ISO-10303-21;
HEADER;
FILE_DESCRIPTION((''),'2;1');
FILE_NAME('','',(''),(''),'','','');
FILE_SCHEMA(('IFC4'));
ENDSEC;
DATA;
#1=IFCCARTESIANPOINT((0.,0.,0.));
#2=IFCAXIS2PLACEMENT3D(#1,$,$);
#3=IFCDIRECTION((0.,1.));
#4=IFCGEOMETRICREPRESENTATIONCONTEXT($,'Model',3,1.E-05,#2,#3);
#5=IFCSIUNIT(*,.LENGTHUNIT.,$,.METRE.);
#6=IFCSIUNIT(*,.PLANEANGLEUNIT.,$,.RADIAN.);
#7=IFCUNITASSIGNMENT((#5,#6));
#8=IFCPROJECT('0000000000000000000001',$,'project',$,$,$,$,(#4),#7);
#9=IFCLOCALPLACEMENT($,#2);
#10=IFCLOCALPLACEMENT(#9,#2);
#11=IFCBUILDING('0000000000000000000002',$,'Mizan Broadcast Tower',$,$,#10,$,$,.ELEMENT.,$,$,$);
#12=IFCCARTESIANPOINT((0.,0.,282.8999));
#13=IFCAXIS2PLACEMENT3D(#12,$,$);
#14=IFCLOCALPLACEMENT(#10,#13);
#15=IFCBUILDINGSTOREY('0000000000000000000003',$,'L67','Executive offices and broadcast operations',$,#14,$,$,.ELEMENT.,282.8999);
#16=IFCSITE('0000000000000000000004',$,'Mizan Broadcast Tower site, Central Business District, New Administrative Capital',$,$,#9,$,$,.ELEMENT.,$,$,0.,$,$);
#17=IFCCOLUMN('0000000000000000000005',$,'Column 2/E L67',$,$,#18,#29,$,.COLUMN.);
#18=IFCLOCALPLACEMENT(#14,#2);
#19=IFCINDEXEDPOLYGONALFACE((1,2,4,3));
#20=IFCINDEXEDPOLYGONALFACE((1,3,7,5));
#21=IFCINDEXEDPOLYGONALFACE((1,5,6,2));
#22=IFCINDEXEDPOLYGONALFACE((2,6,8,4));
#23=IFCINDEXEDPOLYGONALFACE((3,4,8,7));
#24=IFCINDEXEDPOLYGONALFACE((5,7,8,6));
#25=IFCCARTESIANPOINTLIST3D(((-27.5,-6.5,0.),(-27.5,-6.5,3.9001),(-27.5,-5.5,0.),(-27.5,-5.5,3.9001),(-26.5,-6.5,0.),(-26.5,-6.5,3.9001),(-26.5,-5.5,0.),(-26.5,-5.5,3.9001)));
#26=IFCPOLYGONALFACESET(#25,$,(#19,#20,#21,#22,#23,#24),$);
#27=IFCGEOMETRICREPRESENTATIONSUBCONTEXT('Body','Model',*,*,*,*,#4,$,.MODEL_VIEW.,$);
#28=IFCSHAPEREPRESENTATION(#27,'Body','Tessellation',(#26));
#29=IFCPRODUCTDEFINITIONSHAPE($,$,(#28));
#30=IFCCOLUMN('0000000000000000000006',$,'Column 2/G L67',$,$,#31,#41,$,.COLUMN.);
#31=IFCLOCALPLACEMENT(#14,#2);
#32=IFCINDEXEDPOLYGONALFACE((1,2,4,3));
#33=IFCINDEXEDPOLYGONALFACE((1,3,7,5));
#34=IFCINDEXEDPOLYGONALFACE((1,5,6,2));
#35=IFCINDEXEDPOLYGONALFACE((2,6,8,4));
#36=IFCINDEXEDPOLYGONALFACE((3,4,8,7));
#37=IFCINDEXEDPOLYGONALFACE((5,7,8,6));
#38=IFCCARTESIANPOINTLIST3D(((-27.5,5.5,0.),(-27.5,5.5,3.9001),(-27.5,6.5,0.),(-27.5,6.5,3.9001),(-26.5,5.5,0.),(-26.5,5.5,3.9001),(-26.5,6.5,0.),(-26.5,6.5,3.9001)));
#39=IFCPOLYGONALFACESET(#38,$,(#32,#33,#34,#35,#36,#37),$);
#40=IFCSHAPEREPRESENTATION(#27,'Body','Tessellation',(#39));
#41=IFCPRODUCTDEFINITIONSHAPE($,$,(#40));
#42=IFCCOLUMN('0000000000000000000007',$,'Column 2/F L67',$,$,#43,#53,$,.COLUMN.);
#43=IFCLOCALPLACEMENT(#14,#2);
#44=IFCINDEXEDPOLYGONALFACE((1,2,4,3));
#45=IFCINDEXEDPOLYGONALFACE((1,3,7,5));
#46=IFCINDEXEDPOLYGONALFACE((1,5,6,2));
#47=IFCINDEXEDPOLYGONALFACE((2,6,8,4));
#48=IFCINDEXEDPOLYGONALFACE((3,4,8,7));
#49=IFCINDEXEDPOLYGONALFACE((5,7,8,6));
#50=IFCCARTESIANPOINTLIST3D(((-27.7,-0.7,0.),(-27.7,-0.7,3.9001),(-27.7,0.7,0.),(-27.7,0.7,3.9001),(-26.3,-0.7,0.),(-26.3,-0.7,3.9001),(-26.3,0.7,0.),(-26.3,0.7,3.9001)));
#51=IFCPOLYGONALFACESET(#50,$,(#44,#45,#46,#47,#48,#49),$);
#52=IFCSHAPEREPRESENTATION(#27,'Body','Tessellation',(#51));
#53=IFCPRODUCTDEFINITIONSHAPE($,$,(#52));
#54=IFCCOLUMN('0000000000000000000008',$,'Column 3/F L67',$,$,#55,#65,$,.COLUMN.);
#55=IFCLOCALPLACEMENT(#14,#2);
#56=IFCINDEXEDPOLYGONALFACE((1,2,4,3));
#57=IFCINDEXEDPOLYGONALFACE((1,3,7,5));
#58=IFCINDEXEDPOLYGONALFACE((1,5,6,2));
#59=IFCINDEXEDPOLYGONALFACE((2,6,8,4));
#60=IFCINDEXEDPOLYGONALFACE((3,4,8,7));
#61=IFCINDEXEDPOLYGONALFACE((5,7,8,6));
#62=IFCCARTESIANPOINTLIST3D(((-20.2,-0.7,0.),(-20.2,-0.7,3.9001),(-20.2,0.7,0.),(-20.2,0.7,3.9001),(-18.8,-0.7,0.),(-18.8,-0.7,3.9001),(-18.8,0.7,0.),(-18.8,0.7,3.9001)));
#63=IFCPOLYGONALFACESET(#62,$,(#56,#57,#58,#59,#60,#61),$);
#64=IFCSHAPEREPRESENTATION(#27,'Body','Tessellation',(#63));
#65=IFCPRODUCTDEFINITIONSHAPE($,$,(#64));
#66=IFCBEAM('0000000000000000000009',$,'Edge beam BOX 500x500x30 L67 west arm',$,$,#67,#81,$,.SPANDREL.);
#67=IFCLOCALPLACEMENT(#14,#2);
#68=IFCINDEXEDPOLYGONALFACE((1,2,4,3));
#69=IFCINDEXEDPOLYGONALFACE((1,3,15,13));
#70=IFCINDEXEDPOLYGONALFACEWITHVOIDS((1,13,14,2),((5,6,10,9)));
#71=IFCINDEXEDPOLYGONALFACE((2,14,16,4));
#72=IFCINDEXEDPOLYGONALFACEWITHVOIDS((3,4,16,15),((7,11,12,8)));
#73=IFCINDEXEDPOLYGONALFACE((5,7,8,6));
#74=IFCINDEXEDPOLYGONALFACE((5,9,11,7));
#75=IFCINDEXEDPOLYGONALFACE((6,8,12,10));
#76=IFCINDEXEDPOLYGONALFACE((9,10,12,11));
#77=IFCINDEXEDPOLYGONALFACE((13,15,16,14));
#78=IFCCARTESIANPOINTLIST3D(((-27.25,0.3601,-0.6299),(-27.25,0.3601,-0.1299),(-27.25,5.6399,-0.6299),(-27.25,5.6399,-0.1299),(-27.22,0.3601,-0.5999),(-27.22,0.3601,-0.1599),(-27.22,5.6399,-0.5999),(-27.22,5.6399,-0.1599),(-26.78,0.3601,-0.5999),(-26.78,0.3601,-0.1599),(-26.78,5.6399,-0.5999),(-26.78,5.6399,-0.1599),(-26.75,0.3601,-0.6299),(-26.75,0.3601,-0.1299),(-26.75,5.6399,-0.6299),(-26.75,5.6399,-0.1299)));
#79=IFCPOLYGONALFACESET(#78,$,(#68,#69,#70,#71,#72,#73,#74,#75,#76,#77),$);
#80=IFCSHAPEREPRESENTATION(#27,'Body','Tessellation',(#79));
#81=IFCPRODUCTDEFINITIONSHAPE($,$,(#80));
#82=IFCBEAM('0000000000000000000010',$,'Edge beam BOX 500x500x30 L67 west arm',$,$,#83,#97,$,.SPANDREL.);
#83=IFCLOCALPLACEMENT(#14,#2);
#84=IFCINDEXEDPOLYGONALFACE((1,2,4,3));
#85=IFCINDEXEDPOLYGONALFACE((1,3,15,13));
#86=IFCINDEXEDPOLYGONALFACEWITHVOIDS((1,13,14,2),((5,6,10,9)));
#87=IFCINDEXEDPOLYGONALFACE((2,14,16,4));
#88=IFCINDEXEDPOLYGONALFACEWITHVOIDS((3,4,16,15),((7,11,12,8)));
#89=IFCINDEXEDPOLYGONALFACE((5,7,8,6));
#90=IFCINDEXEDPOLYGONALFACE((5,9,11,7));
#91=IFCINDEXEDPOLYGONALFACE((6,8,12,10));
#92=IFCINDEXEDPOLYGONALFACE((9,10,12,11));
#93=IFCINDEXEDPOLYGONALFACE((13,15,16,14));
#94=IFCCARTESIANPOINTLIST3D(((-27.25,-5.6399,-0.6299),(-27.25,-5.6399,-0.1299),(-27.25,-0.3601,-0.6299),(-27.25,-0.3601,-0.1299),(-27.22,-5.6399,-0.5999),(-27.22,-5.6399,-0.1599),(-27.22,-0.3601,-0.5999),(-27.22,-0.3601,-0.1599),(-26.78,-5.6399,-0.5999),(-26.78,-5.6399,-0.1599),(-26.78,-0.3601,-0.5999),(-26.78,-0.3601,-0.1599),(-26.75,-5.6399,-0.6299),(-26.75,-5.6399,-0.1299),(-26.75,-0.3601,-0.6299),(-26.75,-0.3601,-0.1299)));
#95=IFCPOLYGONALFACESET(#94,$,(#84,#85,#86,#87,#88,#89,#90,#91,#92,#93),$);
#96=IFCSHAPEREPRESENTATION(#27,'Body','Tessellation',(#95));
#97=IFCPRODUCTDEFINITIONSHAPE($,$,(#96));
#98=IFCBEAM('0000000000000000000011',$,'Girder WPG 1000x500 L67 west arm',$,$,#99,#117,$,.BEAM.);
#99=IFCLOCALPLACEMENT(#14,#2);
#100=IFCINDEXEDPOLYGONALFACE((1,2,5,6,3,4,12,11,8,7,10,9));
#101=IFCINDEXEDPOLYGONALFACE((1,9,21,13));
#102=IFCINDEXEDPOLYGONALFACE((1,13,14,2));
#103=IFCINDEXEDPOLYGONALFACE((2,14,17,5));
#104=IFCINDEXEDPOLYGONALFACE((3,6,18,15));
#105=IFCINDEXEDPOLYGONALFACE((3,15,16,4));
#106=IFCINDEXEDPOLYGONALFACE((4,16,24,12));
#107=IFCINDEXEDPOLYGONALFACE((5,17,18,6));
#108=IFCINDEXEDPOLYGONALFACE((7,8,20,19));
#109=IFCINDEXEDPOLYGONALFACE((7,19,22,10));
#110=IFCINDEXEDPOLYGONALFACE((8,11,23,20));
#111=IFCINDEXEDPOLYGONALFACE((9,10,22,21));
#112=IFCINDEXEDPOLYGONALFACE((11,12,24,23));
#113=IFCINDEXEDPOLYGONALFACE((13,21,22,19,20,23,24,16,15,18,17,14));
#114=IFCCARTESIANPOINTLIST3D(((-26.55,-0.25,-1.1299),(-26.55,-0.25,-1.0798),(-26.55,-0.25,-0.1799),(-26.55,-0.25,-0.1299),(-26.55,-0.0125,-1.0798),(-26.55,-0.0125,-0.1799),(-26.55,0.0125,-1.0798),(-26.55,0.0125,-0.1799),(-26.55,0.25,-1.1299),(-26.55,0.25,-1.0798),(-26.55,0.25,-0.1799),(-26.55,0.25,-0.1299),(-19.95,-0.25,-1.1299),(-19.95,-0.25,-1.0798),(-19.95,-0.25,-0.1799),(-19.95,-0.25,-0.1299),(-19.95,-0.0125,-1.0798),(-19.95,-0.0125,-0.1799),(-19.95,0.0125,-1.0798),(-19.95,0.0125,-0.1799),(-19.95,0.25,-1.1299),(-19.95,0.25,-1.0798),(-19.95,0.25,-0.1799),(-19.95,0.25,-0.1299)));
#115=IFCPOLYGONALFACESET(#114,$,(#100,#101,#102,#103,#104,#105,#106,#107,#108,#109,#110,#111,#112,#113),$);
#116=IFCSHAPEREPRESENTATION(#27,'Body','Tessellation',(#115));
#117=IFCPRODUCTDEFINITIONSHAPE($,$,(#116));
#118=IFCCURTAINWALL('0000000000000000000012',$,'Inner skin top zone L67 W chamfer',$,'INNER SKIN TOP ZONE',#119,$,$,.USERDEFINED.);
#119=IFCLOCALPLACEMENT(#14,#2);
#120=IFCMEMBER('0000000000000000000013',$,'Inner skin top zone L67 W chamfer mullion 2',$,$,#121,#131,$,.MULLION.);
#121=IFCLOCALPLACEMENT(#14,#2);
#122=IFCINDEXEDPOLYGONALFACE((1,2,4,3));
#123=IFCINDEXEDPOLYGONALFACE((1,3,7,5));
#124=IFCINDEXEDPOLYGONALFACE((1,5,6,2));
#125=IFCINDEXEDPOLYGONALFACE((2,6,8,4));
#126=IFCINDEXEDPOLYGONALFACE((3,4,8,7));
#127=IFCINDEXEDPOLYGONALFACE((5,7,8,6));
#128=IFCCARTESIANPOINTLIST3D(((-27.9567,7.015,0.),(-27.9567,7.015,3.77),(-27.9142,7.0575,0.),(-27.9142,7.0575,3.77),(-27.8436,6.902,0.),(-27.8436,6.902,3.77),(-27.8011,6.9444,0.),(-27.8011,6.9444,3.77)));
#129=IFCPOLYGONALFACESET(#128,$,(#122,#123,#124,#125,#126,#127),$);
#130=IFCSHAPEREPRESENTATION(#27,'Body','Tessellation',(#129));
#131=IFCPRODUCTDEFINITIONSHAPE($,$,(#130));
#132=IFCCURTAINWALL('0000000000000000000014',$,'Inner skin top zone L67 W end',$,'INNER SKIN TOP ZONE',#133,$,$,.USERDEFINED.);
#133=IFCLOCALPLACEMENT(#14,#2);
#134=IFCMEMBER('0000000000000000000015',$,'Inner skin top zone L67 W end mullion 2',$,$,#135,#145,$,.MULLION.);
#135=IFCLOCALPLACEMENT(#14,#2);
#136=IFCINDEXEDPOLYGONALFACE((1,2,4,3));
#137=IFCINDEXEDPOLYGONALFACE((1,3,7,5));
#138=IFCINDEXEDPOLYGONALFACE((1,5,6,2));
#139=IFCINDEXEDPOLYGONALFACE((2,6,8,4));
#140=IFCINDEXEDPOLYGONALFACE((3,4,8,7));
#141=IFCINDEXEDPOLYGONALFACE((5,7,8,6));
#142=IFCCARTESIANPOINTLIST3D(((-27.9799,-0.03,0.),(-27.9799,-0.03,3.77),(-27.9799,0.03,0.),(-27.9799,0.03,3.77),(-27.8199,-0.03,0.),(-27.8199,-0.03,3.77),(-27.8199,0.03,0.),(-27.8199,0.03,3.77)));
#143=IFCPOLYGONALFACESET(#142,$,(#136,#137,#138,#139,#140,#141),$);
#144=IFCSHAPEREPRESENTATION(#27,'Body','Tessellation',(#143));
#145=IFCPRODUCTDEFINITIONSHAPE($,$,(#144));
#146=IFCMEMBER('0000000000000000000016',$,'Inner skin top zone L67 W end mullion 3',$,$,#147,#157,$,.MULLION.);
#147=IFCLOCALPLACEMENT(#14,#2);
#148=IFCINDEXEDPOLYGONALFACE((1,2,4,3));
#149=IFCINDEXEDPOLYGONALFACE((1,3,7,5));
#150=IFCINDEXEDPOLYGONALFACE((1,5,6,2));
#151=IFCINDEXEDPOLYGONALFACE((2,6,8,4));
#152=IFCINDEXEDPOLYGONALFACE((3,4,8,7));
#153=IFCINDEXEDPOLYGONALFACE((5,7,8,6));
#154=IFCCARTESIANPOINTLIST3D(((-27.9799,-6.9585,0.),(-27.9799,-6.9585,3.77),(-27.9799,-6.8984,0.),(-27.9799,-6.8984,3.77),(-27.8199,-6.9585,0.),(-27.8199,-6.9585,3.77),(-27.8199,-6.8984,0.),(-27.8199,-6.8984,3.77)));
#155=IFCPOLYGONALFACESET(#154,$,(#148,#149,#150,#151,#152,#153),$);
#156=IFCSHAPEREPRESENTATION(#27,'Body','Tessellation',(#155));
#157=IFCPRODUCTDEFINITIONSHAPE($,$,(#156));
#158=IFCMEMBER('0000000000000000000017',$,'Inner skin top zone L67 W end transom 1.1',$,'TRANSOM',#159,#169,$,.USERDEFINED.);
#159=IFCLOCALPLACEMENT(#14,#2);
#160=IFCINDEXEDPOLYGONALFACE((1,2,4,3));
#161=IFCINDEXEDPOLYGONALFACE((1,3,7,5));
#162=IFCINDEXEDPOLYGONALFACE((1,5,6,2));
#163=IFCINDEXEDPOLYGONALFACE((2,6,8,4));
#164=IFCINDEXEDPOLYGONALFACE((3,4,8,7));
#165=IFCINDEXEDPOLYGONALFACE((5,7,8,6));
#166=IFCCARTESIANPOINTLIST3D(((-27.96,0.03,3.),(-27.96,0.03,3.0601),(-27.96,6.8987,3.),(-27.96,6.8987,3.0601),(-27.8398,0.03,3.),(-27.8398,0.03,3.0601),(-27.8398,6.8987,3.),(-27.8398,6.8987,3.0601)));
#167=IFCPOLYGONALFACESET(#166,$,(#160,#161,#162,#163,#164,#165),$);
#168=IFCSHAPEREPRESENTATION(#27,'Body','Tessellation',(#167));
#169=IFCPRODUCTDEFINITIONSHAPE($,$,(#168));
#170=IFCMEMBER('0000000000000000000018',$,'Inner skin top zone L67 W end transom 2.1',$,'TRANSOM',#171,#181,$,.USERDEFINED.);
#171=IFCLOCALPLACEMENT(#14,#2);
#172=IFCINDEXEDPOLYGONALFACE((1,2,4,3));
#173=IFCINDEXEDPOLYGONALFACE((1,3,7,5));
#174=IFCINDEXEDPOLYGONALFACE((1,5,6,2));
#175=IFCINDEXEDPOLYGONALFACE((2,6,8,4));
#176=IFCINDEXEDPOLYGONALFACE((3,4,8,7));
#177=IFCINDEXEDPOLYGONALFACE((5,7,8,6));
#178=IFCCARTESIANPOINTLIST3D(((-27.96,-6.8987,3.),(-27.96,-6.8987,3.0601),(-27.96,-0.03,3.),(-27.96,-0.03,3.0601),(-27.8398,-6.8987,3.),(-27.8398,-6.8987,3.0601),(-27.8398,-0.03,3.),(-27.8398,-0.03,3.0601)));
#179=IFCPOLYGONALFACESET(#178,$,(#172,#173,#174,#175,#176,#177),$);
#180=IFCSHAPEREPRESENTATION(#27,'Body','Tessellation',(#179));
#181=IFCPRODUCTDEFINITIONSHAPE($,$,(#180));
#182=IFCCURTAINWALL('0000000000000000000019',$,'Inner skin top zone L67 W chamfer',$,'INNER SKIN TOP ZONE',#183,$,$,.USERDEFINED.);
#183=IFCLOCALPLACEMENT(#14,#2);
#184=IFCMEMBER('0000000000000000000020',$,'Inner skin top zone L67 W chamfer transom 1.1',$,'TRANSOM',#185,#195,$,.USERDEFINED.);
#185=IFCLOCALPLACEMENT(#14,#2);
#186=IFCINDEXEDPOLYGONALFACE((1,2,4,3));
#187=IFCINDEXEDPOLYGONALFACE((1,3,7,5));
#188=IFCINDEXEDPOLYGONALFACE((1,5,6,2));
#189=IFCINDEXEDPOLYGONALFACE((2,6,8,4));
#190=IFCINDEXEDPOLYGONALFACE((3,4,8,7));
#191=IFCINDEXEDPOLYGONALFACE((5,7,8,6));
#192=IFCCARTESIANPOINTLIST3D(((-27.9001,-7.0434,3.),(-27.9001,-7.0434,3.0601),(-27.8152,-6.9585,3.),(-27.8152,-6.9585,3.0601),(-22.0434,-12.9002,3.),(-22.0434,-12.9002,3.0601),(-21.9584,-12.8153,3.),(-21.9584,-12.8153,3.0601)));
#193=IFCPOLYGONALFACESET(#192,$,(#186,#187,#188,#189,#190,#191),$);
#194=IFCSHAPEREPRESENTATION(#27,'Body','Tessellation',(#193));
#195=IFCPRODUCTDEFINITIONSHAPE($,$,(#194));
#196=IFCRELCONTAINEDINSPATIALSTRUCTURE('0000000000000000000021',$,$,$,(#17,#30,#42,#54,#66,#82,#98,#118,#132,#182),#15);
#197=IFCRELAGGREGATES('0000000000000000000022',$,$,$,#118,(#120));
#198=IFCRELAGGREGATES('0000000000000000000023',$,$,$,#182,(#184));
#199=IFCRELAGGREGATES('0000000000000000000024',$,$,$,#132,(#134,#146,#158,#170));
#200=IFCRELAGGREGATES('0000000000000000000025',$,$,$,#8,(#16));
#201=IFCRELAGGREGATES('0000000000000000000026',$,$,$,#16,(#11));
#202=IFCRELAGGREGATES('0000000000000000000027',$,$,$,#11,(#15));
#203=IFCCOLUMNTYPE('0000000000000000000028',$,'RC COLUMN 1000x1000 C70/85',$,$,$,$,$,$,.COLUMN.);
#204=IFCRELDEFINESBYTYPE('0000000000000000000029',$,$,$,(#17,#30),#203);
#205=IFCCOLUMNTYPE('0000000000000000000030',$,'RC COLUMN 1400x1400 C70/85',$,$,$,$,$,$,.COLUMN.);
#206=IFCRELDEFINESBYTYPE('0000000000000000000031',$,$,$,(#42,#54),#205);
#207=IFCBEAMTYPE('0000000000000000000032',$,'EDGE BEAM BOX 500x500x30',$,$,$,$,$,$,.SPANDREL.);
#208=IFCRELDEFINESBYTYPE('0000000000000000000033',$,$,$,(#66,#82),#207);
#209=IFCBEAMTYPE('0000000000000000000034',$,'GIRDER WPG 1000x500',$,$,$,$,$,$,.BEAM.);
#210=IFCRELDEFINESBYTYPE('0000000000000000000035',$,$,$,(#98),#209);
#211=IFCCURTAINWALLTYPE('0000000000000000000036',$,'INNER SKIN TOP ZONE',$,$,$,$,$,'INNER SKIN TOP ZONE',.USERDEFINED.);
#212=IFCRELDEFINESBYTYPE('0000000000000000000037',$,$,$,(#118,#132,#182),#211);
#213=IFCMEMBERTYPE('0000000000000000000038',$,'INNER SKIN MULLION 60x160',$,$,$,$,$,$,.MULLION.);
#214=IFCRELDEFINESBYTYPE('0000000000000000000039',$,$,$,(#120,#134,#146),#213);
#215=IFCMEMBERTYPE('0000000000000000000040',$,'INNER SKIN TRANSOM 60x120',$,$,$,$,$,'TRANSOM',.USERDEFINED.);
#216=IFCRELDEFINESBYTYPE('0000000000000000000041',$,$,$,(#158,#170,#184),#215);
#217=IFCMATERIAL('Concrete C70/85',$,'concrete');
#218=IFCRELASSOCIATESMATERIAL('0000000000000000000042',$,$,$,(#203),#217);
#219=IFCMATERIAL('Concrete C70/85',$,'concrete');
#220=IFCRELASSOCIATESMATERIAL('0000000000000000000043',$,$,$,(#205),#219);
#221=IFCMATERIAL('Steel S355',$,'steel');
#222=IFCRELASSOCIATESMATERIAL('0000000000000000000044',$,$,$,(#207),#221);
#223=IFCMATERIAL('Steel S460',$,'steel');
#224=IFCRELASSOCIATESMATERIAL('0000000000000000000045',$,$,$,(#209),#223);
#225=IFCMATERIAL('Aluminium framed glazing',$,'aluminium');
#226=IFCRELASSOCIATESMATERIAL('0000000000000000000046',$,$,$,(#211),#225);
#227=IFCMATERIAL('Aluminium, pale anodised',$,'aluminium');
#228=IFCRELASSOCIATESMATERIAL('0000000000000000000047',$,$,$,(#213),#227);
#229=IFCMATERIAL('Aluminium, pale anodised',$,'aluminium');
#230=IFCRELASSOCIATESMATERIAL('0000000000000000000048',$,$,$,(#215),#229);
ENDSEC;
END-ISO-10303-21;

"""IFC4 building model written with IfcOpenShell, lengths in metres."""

from ifc_helpers import new_model, si_unit, direction, frame, origin, origin_2d, place, context, subcontext, project, spatial, rectangle, hollow_rectangle, i_section, extrude, material, material_profile, profile_set, type_object, element, aggregate, save


model = new_model("IFC4")

# Units and contexts
model_context = context("Model", 3, precision=1e-05, world=origin(), true_north=direction((0.0, 1.0)))
body_context = subcontext(model_context, "Body", "Model", "MODEL_VIEW")
ifc_project = project(units=[si_unit("LENGTHUNIT", "METRE"), si_unit("PLANEANGLEUNIT", "RADIAN")], contexts=[model_context])

# Site, building, storey
site_placement = place(None, origin())
site = spatial("IfcSite", under=ifc_project, at=site_placement, Name="Mizan Broadcast Tower site, Central Business District, New Administrative Capital", CompositionType="ELEMENT", RefElevation=0.0)
building_placement = place(site_placement, origin())
building = spatial("IfcBuilding", under=site, at=building_placement, Name="Mizan Broadcast Tower", CompositionType="ELEMENT")
storey_placement = place(building_placement, frame((0.0, 0.0, 282.8999)))
storey = spatial("IfcBuildingStorey", under=building, at=storey_placement, Name="L67", Description="Executive offices and broadcast operations", CompositionType="ELEMENT", Elevation=282.8999)

# Columns
ifc_material_1 = material(Name="Concrete C70/85", Category="concrete")
ifc_material_profile_1 = material_profile(ifc_material_1, rectangle(XDim=1.0, YDim=1.0, at=origin_2d()), Name="RC 1000x1000")
ifc_profile_set_1 = profile_set([ifc_material_profile_1], Name="Concrete C70/85")
column_type_1 = type_object("IfcColumnType", Name="RC COLUMN 1000x1000 C70/85", PredefinedType="COLUMN", material=ifc_profile_set_1)
for number, where, z_axis, x_axis, name in (
    (1, (-27.0, -6.0, 0.0), (0.0, 0.0, 1.0), (1.0, 0.0, 0.0), "Column 2/E L67"),
    (2, (-27.0, 6.0, 0.0), (0.0, 0.0, 1.0), (1.0, 0.0, 0.0), "Column 2/G L67"),
):
    element("IfcColumn", number, at=place(storey_placement, frame(where, z_axis=z_axis, x_axis=x_axis)), inside=storey, type_object=column_type_1, Name=name, PredefinedType="COLUMN", context=body_context, shape_type="SweptSolid", body=[
        extrude(rectangle(XDim=1.0, YDim=1.0, at=origin_2d()), origin(), (0.0, 0.0, 1.0), 3.9001),
    ])
ifc_material_2 = material(Name="Concrete C70/85", Category="concrete")
ifc_material_profile_2 = material_profile(ifc_material_2, rectangle(XDim=1.3999, YDim=1.3999, at=origin_2d()), Name="RC 1400x1400")
ifc_profile_set_2 = profile_set([ifc_material_profile_2], Name="Concrete C70/85")
column_type_2 = type_object("IfcColumnType", Name="RC COLUMN 1400x1400 C70/85", PredefinedType="COLUMN", material=ifc_profile_set_2)
for number, where, z_axis, x_axis, name in (
    (3, (-27.0, 0.0, 0.0), (0.0, 0.0, 1.0), (1.0, 0.0, 0.0), "Column 2/F L67"),
    (4, (-19.5, 0.0, 0.0), (0.0, 0.0, 1.0), (1.0, 0.0, 0.0), "Column 3/F L67"),
):
    element("IfcColumn", number, at=place(storey_placement, frame(where, z_axis=z_axis, x_axis=x_axis)), inside=storey, type_object=column_type_2, Name=name, PredefinedType="COLUMN", context=body_context, shape_type="SweptSolid", body=[
        extrude(rectangle(XDim=1.3999, YDim=1.3999, at=origin_2d()), origin(), (0.0, 0.0, 1.0), 3.9001),
    ])

# Beams
ifc_material_3 = material(Name="Steel S355", Category="steel")
ifc_material_profile_3 = material_profile(ifc_material_3, hollow_rectangle(XDim=0.5, YDim=0.5, WallThickness=0.03, at=origin_2d()), Name="BOX 500x500x30")
ifc_profile_set_3 = profile_set([ifc_material_profile_3], Name="Steel S355")
beam_type_1 = type_object("IfcBeamType", Name="EDGE BEAM BOX 500x500x30", PredefinedType="SPANDREL", material=ifc_profile_set_3)
for number, where, z_axis, x_axis, name in (
    (5, (-27.0, 5.6399, -0.3799), (0.0, -1.0, 0.0), (1.0, 0.0, 0.0), "Edge beam BOX 500x500x30 L67 west arm"),
    (6, (-27.0, -5.6399, -0.3799), (0.0, 1.0, 0.0), (-1.0, 0.0, 0.0), "Edge beam BOX 500x500x30 L67 west arm"),
):
    element("IfcBeam", number, at=place(storey_placement, frame(where, z_axis=z_axis, x_axis=x_axis)), inside=storey, type_object=beam_type_1, Name=name, PredefinedType="SPANDREL", context=body_context, shape_type="SweptSolid", body=[
        extrude(hollow_rectangle(XDim=0.5, YDim=0.5, WallThickness=0.03, at=origin_2d()), origin(), (0.0, 0.0, 1.0), 5.2798),
    ])
ifc_material_4 = material(Name="Steel S460", Category="steel")
ifc_material_profile_4 = material_profile(ifc_material_4, i_section(OverallWidth=0.5, OverallDepth=1.0, WebThickness=0.0249, FlangeThickness=0.05, at=origin_2d()), Name="WPG 1000x500")
ifc_profile_set_4 = profile_set([ifc_material_profile_4], Name="Steel S460")
beam_type_2 = type_object("IfcBeamType", Name="GIRDER WPG 1000x500", PredefinedType="BEAM", material=ifc_profile_set_4)
beam_placement = place(storey_placement, frame((-19.95, 0.0, -0.6299), z_axis=(-1.0, 0.0, 0.0), x_axis=(0.0, -1.0, 0.0)))
element("IfcBeam", 7, at=beam_placement, inside=storey, type_object=beam_type_2, Name="Girder WPG 1000x500 L67 west arm", PredefinedType="BEAM", context=body_context, shape_type="SweptSolid", body=[
    extrude(i_section(OverallWidth=0.5, OverallDepth=1.0, WebThickness=0.0249, FlangeThickness=0.05, at=origin_2d()), origin(), (0.0, 0.0, 1.0), 6.6001),
])

# Curtain wall, member
ifc_material_5 = material(Name="Aluminium framed glazing", Category="aluminium")
curtain_wall_type_1 = type_object("IfcCurtainWallType", Name="INNER SKIN TOP ZONE", ElementType="INNER SKIN TOP ZONE", PredefinedType="USERDEFINED", material=ifc_material_5)
curtain_wall_1_placement = place(storey_placement, origin())
curtain_wall_1 = element("IfcCurtainWall", 8, at=curtain_wall_1_placement, inside=storey, type_object=curtain_wall_type_1, Name="Inner skin top zone L67 W chamfer", ObjectType="INNER SKIN TOP ZONE", PredefinedType="USERDEFINED")
ifc_material_6 = material(Name="Aluminium, pale anodised", Category="aluminium")
ifc_material_profile_5 = material_profile(ifc_material_6, rectangle(XDim=0.1599, YDim=0.0601, at=origin_2d()), Name="MULLION 160x60")
ifc_profile_set_5 = profile_set([ifc_material_profile_5], Name="Aluminium, pale anodised")
member_type_1 = type_object("IfcMemberType", Name="INNER SKIN MULLION 60x160", PredefinedType="MULLION", material=ifc_profile_set_5)
member_1_placement = place(storey_placement, frame((-27.8789, 6.9797, 0.0), z_axis=(0.0, 0.0, 1.0), x_axis=(0.707107, -0.707107, 0.0)))
member_1 = element("IfcMember", 9, at=member_1_placement, type_object=member_type_1, Name="Inner skin top zone L67 W chamfer mullion 2", PredefinedType="MULLION", context=body_context, shape_type="SweptSolid", body=[
    extrude(rectangle(XDim=0.1599, YDim=0.0601, at=origin_2d()), origin(), (0.0, 0.0, 1.0), 3.77),
])
aggregate(curtain_wall_1, [member_1])

# Curtain wall, members
curtain_wall_2_placement = place(storey_placement, origin())
curtain_wall_2 = element("IfcCurtainWall", 10, at=curtain_wall_2_placement, inside=storey, type_object=curtain_wall_type_1, Name="Inner skin top zone L67 W end", ObjectType="INNER SKIN TOP ZONE", PredefinedType="USERDEFINED")
member_2_placement = place(storey_placement, frame((-27.8999, 0.0, 0.0), z_axis=(0.0, 0.0, 1.0), x_axis=(1.0, 0.0, 0.0)))
member_2 = element("IfcMember", 11, at=member_2_placement, type_object=member_type_1, Name="Inner skin top zone L67 W end mullion 2", PredefinedType="MULLION", context=body_context, shape_type="SweptSolid", body=[
    extrude(rectangle(XDim=0.1599, YDim=0.0601, at=origin_2d()), origin(), (0.0, 0.0, 1.0), 3.77),
])
member_3_placement = place(storey_placement, frame((-27.8999, -6.9285, 0.0), z_axis=(0.0, 0.0, 1.0), x_axis=(1.0, 0.0, 0.0)))
member_3 = element("IfcMember", 12, at=member_3_placement, type_object=member_type_1, Name="Inner skin top zone L67 W end mullion 3", PredefinedType="MULLION", context=body_context, shape_type="SweptSolid", body=[
    extrude(rectangle(XDim=0.1599, YDim=0.0601, at=origin_2d()), origin(), (0.0, 0.0, 1.0), 3.77),
])
ifc_material_7 = material(Name="Aluminium, pale anodised", Category="aluminium")
ifc_material_profile_6 = material_profile(ifc_material_7, rectangle(XDim=0.1201, YDim=0.0601, at=origin_2d()), Name="TRANSOM 120x60")
ifc_profile_set_6 = profile_set([ifc_material_profile_6], Name="Aluminium, pale anodised")
member_type_2 = type_object("IfcMemberType", Name="INNER SKIN TRANSOM 60x120", ElementType="TRANSOM", PredefinedType="USERDEFINED", material=ifc_profile_set_6)
member_4_placement = place(storey_placement, frame((-27.8999, 6.8987, 3.03), z_axis=(0.0, -1.0, 0.0), x_axis=(1.0, 0.0, 0.0)))
member_4 = element("IfcMember", 13, at=member_4_placement, type_object=member_type_2, Name="Inner skin top zone L67 W end transom 1.1", ObjectType="TRANSOM", PredefinedType="USERDEFINED", context=body_context, shape_type="SweptSolid", body=[
    extrude(rectangle(XDim=0.1201, YDim=0.0601, at=origin_2d()), origin(), (0.0, 0.0, 1.0), 6.8687),
])
member_5_placement = place(storey_placement, frame((-27.8999, -0.03, 3.03), z_axis=(0.0, -1.0, 0.0), x_axis=(1.0, 0.0, 0.0)))
member_5 = element("IfcMember", 14, at=member_5_placement, type_object=member_type_2, Name="Inner skin top zone L67 W end transom 2.1", ObjectType="TRANSOM", PredefinedType="USERDEFINED", context=body_context, shape_type="SweptSolid", body=[
    extrude(rectangle(XDim=0.1201, YDim=0.0601, at=origin_2d()), origin(), (0.0, 0.0, 1.0), 6.8687),
])

# Curtain wall, member
curtain_wall_3_placement = place(storey_placement, origin())
curtain_wall_3 = element("IfcCurtainWall", 15, at=curtain_wall_3_placement, inside=storey, type_object=curtain_wall_type_1, Name="Inner skin top zone L67 W chamfer", ObjectType="INNER SKIN TOP ZONE", PredefinedType="USERDEFINED")
member_6_placement = place(storey_placement, frame((-27.8577, -7.001, 3.03), z_axis=(0.707107, -0.707107, 0.0), x_axis=(0.707107, 0.707107, 0.0)))
member_6 = element("IfcMember", 16, at=member_6_placement, type_object=member_type_2, Name="Inner skin top zone L67 W chamfer transom 1.1", ObjectType="TRANSOM", PredefinedType="USERDEFINED", context=body_context, shape_type="SweptSolid", body=[
    extrude(rectangle(XDim=0.1201, YDim=0.0601, at=origin_2d()), origin(), (0.0, 0.0, 1.0), 8.2827),
])
aggregate(curtain_wall_3, [member_6])

aggregate(curtain_wall_2, [member_2, member_3, member_4, member_5])

save(model, "model.ifc")
